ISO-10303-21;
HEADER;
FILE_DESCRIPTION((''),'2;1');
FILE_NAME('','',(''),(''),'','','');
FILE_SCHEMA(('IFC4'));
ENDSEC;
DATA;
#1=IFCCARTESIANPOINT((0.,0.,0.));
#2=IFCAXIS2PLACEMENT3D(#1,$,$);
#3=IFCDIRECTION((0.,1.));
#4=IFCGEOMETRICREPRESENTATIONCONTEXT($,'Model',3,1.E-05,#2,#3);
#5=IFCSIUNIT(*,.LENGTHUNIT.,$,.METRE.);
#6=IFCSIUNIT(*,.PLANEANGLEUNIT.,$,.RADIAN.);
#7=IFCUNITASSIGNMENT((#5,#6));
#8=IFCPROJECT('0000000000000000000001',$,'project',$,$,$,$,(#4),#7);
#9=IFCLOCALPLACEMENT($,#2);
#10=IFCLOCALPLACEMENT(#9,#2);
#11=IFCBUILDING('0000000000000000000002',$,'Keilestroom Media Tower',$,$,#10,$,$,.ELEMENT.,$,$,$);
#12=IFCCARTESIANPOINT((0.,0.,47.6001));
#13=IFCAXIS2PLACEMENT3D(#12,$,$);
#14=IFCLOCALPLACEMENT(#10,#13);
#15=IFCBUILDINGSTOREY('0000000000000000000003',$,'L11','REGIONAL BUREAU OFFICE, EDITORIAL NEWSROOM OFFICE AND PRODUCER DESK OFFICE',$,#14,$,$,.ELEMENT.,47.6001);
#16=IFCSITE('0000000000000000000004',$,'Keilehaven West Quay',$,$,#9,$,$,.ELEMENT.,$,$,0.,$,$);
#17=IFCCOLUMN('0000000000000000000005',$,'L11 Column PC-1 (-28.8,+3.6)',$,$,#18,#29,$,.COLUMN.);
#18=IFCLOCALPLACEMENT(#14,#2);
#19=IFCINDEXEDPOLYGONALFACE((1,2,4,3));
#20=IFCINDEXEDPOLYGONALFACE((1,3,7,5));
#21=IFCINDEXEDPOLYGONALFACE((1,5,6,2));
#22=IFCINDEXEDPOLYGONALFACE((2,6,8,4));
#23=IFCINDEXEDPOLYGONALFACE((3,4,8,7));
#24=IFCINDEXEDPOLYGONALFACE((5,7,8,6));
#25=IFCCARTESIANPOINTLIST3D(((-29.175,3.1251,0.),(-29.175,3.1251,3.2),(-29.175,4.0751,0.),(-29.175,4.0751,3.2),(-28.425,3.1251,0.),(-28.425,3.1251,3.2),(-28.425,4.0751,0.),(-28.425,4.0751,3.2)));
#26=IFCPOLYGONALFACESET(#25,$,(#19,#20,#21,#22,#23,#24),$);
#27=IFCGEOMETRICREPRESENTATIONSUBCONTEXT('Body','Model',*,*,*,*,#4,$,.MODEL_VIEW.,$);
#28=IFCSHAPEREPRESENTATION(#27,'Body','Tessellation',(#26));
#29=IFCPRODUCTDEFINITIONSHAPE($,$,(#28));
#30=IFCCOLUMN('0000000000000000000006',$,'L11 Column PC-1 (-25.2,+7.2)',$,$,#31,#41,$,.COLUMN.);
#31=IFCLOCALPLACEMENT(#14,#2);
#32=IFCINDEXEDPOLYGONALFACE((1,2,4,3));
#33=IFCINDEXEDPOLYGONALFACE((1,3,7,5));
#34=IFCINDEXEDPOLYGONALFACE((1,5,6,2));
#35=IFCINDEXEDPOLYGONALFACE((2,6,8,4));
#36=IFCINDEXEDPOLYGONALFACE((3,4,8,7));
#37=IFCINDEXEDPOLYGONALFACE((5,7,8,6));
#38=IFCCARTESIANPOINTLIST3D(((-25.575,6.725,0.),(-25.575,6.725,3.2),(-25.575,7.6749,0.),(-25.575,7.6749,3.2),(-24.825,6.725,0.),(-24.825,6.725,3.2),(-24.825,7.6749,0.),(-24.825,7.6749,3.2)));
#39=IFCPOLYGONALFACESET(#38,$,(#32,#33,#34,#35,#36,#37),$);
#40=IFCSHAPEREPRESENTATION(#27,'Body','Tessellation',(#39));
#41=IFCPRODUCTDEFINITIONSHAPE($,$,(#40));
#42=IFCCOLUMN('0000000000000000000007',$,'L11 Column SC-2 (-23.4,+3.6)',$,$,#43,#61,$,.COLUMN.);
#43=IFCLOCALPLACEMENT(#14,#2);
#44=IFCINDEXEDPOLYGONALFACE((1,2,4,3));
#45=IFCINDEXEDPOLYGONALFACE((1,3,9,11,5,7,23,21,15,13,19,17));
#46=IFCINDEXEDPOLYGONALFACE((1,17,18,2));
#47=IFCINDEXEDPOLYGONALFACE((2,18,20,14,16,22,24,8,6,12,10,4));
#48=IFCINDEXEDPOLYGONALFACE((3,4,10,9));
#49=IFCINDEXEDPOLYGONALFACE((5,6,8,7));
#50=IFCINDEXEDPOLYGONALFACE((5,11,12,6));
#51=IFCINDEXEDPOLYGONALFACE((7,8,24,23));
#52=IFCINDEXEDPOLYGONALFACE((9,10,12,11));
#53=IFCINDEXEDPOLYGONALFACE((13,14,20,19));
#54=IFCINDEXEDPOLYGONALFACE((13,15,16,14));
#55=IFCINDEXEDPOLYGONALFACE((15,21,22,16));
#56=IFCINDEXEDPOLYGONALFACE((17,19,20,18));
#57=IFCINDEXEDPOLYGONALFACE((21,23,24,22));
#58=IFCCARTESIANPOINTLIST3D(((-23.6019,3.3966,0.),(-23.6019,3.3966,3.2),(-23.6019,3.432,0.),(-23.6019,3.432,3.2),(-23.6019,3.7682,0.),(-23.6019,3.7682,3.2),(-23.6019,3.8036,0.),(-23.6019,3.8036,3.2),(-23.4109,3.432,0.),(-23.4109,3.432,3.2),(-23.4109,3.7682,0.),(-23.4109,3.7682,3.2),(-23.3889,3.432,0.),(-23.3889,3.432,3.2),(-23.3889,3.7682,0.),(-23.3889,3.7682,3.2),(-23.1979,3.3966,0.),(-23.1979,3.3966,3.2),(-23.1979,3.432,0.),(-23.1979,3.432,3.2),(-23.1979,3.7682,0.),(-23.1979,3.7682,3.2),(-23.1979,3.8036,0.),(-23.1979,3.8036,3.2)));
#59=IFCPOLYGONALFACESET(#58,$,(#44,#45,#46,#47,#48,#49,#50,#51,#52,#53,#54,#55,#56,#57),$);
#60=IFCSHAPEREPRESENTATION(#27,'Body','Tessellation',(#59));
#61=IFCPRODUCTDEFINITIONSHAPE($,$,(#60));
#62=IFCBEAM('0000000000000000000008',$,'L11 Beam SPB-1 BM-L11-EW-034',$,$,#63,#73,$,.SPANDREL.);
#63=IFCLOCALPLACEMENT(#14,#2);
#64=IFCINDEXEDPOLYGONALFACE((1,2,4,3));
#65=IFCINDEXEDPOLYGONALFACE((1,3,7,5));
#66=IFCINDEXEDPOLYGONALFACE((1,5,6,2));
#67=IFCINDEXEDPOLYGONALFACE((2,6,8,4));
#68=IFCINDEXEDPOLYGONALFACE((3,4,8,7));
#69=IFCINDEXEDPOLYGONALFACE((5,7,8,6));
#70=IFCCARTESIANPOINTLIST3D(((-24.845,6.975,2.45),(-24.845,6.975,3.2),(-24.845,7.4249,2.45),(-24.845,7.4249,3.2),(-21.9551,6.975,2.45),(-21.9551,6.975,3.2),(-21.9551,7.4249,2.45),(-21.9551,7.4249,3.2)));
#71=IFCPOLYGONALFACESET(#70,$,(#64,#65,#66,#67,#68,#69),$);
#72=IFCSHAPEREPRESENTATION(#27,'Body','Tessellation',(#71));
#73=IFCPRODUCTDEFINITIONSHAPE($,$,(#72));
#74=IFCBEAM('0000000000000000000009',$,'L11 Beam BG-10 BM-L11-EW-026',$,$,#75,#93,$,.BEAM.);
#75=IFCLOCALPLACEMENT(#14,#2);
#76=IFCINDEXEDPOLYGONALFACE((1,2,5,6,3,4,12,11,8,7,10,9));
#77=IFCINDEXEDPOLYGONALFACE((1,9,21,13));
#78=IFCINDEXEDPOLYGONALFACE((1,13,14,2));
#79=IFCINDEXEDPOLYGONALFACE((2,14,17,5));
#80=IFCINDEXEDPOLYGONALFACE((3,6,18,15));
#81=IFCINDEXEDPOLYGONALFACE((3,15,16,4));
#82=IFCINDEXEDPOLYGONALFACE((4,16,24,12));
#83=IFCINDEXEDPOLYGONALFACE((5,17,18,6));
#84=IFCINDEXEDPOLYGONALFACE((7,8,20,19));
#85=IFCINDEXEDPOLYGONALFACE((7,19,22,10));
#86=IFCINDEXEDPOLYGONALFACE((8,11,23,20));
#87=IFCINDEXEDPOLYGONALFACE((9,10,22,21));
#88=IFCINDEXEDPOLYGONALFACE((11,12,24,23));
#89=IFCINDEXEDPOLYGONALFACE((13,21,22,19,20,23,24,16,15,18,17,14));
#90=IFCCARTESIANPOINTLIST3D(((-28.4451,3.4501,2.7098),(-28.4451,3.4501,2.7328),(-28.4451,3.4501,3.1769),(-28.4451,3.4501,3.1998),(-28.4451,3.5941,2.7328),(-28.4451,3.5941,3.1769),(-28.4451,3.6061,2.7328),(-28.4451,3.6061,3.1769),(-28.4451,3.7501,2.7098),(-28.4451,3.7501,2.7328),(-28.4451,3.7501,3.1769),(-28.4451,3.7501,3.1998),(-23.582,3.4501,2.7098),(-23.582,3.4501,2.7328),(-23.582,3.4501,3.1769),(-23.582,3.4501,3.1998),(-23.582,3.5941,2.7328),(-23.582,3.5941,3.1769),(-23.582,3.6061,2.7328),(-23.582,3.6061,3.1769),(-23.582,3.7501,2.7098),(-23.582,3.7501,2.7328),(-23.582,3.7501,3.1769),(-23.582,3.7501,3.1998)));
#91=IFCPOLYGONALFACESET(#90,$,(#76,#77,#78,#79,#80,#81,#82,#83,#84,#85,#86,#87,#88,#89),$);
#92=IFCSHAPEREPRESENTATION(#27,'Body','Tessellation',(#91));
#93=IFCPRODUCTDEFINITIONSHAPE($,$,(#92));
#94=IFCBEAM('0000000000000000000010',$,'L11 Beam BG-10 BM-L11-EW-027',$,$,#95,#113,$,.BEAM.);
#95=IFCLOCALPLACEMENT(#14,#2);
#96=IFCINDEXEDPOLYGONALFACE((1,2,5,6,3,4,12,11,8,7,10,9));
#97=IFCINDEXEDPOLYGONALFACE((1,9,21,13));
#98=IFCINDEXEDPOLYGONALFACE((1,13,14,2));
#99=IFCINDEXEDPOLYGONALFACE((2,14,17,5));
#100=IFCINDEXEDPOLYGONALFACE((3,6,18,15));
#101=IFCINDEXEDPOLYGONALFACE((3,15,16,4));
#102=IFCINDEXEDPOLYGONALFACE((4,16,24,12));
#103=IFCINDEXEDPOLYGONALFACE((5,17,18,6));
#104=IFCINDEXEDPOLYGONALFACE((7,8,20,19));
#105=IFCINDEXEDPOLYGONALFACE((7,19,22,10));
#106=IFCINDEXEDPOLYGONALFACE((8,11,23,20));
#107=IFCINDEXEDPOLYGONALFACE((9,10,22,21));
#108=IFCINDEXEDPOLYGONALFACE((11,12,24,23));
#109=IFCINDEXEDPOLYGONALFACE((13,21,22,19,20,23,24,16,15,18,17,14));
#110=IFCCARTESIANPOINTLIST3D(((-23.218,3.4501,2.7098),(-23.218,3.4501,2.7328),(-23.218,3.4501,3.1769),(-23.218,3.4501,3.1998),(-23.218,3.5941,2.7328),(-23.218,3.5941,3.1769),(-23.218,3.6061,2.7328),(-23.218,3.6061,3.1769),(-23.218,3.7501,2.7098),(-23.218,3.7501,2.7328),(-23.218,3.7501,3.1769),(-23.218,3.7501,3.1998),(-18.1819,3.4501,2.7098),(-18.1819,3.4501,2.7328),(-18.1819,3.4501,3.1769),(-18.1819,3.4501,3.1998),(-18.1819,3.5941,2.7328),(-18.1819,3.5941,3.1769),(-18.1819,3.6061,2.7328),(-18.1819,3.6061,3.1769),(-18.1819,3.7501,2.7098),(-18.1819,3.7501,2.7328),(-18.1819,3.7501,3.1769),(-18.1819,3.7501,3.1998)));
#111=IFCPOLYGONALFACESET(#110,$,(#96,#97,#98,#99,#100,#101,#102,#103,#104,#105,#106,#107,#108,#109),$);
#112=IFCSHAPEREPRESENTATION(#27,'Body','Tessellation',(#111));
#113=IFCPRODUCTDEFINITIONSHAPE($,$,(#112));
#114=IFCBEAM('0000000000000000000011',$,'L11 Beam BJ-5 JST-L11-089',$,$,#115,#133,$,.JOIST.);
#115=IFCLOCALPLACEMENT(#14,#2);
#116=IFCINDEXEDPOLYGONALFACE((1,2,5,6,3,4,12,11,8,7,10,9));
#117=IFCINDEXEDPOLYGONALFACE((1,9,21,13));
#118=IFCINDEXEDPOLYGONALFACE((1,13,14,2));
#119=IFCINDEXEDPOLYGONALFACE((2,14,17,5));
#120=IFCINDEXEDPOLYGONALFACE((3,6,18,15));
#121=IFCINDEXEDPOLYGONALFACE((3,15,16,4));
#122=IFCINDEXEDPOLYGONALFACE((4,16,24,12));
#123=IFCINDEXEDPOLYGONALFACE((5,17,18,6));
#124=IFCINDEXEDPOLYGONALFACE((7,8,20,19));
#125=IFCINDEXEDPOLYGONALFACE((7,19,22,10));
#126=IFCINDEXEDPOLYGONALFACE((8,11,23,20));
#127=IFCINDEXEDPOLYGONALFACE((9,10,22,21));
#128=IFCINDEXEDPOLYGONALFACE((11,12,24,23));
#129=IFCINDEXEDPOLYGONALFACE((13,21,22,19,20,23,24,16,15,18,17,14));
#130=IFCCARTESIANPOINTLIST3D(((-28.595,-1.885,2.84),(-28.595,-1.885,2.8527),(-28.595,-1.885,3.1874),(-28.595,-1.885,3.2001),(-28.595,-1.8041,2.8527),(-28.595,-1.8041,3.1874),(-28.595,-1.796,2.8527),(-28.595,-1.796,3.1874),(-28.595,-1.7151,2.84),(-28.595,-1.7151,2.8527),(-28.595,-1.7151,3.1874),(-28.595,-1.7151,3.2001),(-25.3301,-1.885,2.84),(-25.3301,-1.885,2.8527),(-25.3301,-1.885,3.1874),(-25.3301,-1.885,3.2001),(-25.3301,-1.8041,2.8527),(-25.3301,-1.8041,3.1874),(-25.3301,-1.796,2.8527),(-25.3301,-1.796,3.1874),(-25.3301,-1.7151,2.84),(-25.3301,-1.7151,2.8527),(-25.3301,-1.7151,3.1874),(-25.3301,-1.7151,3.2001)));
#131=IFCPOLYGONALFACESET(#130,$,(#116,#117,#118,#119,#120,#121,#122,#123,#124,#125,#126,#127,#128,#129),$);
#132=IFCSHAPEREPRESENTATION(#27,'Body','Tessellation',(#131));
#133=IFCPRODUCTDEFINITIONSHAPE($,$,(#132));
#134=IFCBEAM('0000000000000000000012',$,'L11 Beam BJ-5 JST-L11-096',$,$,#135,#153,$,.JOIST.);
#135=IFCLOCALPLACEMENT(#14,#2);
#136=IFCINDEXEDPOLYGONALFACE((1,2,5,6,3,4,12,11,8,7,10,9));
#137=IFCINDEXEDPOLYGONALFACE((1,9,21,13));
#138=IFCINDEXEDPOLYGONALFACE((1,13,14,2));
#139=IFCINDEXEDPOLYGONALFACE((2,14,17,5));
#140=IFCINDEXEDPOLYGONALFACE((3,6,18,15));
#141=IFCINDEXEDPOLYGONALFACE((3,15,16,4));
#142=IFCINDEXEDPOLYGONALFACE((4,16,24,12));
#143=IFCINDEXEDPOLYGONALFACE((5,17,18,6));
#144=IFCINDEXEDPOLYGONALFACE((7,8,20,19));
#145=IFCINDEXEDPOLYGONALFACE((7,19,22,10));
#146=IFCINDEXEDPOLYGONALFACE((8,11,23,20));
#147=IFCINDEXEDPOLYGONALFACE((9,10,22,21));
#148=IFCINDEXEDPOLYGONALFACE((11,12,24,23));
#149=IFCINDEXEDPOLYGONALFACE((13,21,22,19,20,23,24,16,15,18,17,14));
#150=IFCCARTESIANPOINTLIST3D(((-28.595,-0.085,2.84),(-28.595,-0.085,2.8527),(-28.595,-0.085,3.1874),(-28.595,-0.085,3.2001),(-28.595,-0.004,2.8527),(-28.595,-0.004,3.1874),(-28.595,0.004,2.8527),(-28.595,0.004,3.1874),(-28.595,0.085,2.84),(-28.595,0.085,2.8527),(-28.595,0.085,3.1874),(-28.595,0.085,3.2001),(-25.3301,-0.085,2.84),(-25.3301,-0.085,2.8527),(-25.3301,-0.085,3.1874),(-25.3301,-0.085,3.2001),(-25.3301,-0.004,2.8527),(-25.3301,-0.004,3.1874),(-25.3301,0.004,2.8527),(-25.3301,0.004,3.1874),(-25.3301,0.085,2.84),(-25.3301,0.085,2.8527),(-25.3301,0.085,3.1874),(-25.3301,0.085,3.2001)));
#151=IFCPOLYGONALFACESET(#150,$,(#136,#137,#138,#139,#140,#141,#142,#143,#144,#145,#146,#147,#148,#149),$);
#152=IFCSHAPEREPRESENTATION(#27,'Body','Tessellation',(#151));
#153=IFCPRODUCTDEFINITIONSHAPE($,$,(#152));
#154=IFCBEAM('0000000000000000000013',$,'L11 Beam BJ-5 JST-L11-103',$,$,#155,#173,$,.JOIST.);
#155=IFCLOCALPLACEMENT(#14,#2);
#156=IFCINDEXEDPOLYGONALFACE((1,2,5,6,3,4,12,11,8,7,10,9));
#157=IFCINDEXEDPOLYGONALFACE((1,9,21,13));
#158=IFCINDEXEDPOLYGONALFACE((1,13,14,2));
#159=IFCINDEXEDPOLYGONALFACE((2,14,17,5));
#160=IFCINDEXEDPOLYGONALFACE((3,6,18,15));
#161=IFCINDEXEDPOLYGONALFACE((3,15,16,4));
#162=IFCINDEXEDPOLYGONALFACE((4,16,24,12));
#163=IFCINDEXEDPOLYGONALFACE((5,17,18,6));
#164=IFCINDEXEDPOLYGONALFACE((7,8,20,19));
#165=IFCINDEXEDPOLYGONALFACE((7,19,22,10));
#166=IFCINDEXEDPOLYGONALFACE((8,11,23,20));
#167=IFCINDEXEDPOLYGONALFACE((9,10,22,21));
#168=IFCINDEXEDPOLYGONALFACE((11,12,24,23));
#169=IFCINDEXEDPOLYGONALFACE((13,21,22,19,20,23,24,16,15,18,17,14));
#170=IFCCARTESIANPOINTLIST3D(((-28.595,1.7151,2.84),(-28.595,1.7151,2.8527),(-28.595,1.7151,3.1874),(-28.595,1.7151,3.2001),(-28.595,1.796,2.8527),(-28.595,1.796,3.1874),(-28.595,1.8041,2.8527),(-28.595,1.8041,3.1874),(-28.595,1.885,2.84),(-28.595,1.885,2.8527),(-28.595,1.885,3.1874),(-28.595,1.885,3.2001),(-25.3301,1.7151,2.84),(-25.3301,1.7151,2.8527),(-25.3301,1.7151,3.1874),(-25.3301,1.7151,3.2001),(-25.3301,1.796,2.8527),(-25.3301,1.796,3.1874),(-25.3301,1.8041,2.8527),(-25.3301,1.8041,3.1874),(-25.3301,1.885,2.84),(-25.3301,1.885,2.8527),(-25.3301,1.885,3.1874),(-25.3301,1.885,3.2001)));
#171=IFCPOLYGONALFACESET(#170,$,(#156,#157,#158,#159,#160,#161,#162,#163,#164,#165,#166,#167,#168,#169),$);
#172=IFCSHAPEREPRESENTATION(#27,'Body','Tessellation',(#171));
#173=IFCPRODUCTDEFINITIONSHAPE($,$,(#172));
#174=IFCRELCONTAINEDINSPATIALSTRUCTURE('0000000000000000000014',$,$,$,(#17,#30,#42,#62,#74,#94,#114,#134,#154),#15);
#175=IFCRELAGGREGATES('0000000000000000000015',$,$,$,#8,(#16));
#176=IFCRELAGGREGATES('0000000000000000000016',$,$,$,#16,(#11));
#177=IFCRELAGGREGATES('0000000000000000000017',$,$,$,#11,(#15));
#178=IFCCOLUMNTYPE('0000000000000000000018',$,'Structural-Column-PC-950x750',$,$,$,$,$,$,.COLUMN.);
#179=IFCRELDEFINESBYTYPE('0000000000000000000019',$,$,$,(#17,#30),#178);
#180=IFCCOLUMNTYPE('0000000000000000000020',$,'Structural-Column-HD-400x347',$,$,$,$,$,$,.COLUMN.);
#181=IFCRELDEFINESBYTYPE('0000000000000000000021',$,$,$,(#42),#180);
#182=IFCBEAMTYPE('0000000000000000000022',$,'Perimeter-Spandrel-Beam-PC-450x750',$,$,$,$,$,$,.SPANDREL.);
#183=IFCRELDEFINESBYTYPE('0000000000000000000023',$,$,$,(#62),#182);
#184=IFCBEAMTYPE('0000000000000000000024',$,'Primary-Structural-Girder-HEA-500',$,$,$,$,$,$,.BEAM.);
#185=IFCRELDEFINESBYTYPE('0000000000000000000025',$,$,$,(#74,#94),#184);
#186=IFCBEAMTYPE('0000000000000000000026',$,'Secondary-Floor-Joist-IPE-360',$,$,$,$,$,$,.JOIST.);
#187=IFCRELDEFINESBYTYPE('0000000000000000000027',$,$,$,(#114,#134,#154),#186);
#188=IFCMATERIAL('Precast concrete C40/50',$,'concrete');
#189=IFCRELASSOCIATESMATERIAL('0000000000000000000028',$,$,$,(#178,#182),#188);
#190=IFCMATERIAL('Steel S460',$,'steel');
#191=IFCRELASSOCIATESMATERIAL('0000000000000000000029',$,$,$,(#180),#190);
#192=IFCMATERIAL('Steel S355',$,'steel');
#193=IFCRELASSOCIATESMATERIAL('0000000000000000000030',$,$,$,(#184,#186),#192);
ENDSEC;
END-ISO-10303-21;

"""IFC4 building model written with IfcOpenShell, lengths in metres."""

from ifc_helpers import new_model, si_unit, direction, frame, origin, origin_2d, place, context, subcontext, project, spatial, rectangle, i_section, extrude, source, transform, mapped, material, material_profile, profile_set, type_object, element, save


model = new_model("IFC4")

# Units and contexts
model_context = context("Model", 3, precision=1e-05, world=origin(), true_north=direction((0.0, 1.0)))
body_context = subcontext(model_context, "Body", "Model", "MODEL_VIEW")
ifc_project = project(units=[si_unit("LENGTHUNIT", "METRE"), si_unit("PLANEANGLEUNIT", "RADIAN")], contexts=[model_context])

# Site, building, storey
site_placement = place(None, origin())
site = spatial("IfcSite", under=ifc_project, at=site_placement, Name="Keilehaven West Quay", CompositionType="ELEMENT", RefElevation=0.0)
building_placement = place(site_placement, origin())
building = spatial("IfcBuilding", under=site, at=building_placement, Name="Keilestroom Media Tower", CompositionType="ELEMENT")
storey_placement = place(building_placement, frame((0.0, 0.0, 47.6001)))
storey = spatial("IfcBuildingStorey", under=building, at=storey_placement, Name="L11", Description="REGIONAL BUREAU OFFICE, EDITORIAL NEWSROOM OFFICE AND PRODUCER DESK OFFICE", CompositionType="ELEMENT", Elevation=47.6001)

# Columns
ifc_material_1 = material(Name="Precast concrete C40/50", Category="concrete")
ifc_material_profile_1 = material_profile(ifc_material_1, rectangle(XDim=0.75, YDim=0.95, at=origin_2d()), Name="PC 950x750")
ifc_profile_set_1 = profile_set([ifc_material_profile_1], Name="Precast concrete C40/50")
column_type_1 = type_object("IfcColumnType", Name="Structural-Column-PC-950x750", PredefinedType="COLUMN", material=ifc_profile_set_1)
shared_shape_1 = source(origin(), body_context, "Body", "SweptSolid", [
    extrude(rectangle(XDim=0.75, YDim=0.95, at=origin_2d()), origin(), (0.0, 0.0, 1.0), 3.2),
])
for number, where, z_axis, x_axis, name in (
    (1, (-28.8, 3.6001, 0.0), (0.0, 0.0, 1.0), (1.0, 0.0, 0.0), "L11 Column PC-1 (-28.8,+3.6)"),
    (2, (-25.2, 7.2, 0.0), (0.0, 0.0, 1.0), (1.0, 0.0, 0.0), "L11 Column PC-1 (-25.2,+7.2)"),
):
    element("IfcColumn", number, at=place(storey_placement, frame(where, z_axis=z_axis, x_axis=x_axis)), inside=storey, type_object=column_type_1, Name=name, PredefinedType="COLUMN", context=body_context, shape_type="MappedRepresentation", body=[
        mapped(shared_shape_1, transform((0.0, 0.0, 0.0), x_axis=(1.0, 0.0, 0.0), y_axis=(0.0, 1.0, 0.0), z_axis=(0.0, 0.0, 1.0), scale=1.0)),
    ])
ifc_material_2 = material(Name="Steel S460", Category="steel")
ifc_material_profile_2 = material_profile(ifc_material_2, i_section(OverallWidth=0.4041, OverallDepth=0.407, WebThickness=0.022, FlangeThickness=0.0354, at=origin_2d()), Name="HD 400x347")
ifc_profile_set_2 = profile_set([ifc_material_profile_2], Name="Steel S460")
column_type_2 = type_object("IfcColumnType", Name="Structural-Column-HD-400x347", PredefinedType="COLUMN", material=ifc_profile_set_2)
shared_shape_2 = source(origin(), body_context, "Body", "SweptSolid", [
    extrude(i_section(OverallWidth=0.4041, OverallDepth=0.407, WebThickness=0.022, FlangeThickness=0.0354, at=origin_2d()), origin(), (0.0, 0.0, 1.0), 3.2),
])
column_placement = place(storey_placement, frame((-23.3999, 3.6001, 0.0), z_axis=(0.0, 0.0, 1.0), x_axis=(1.0, 0.0, 0.0)))
element("IfcColumn", 3, at=column_placement, inside=storey, type_object=column_type_2, Name="L11 Column SC-2 (-23.4,+3.6)", PredefinedType="COLUMN", context=body_context, shape_type="MappedRepresentation", body=[
    mapped(shared_shape_2, transform((0.0, 0.0, 0.0), x_axis=(1.0, 0.0, 0.0), y_axis=(0.0, 1.0, 0.0), z_axis=(0.0, 0.0, 1.0), scale=1.0)),
])

# Beams
ifc_material_profile_3 = material_profile(ifc_material_1, rectangle(XDim=0.45, YDim=0.75, at=origin_2d()), Name="PC 450x750")
ifc_profile_set_3 = profile_set([ifc_material_profile_3], Name="Precast concrete C40/50")
beam_type_1 = type_object("IfcBeamType", Name="Perimeter-Spandrel-Beam-PC-450x750", PredefinedType="SPANDREL", material=ifc_profile_set_3)
shared_shape_3 = source(origin(), body_context, "Body", "SweptSolid", [
    extrude(rectangle(XDim=0.45, YDim=0.75, at=origin_2d()), origin(), (0.0, 0.0, 1.0), 2.8899),
])
beam_1_placement = place(storey_placement, frame((-24.845, 7.2, 2.825), z_axis=(1.0, 0.0, 0.0), x_axis=(0.0, 1.0, 0.0)))
element("IfcBeam", 4, at=beam_1_placement, inside=storey, type_object=beam_type_1, Name="L11 Beam SPB-1 BM-L11-EW-034", PredefinedType="SPANDREL", context=body_context, shape_type="MappedRepresentation", body=[
    mapped(shared_shape_3, transform((0.0, 0.0, 0.0), x_axis=(1.0, 0.0, 0.0), y_axis=(0.0, 1.0, 0.0), z_axis=(0.0, 0.0, 1.0), scale=1.0)),
])
ifc_material_3 = material(Name="Steel S355", Category="steel")
ifc_material_profile_4 = material_profile(ifc_material_3, i_section(OverallWidth=0.3, OverallDepth=0.49, WebThickness=0.012, FlangeThickness=0.0229, at=origin_2d()), Name="HEA 500")
ifc_profile_set_4 = profile_set([ifc_material_profile_4], Name="Steel S355")
beam_type_2 = type_object("IfcBeamType", Name="Primary-Structural-Girder-HEA-500", PredefinedType="BEAM", material=ifc_profile_set_4)
shared_shape_4 = source(origin(), body_context, "Body", "SweptSolid", [
    extrude(i_section(OverallWidth=0.3, OverallDepth=0.49, WebThickness=0.012, FlangeThickness=0.0229, at=origin_2d()), origin(), (0.0, 0.0, 1.0), 4.863),
])
beam_2_placement = place(storey_placement, frame((-28.4451, 3.6001, 2.9548), z_axis=(1.0, 0.0, 0.0), x_axis=(0.0, 1.0, 0.0)))
element("IfcBeam", 5, at=beam_2_placement, inside=storey, type_object=beam_type_2, Name="L11 Beam BG-10 BM-L11-EW-026", PredefinedType="BEAM", context=body_context, shape_type="MappedRepresentation", body=[
    mapped(shared_shape_4, transform((0.0, 0.0, 0.0), x_axis=(1.0, 0.0, 0.0), y_axis=(0.0, 1.0, 0.0), z_axis=(0.0, 0.0, 1.0), scale=1.0)),
])
shared_shape_5 = source(origin(), body_context, "Body", "SweptSolid", [
    extrude(i_section(OverallWidth=0.3, OverallDepth=0.49, WebThickness=0.012, FlangeThickness=0.0229, at=origin_2d()), origin(), (0.0, 0.0, 1.0), 5.0361),
])
beam_3_placement = place(storey_placement, frame((-23.218, 3.6001, 2.9548), z_axis=(1.0, 0.0, 0.0), x_axis=(0.0, 1.0, 0.0)))
element("IfcBeam", 6, at=beam_3_placement, inside=storey, type_object=beam_type_2, Name="L11 Beam BG-10 BM-L11-EW-027", PredefinedType="BEAM", context=body_context, shape_type="MappedRepresentation", body=[
    mapped(shared_shape_5, transform((0.0, 0.0, 0.0), x_axis=(1.0, 0.0, 0.0), y_axis=(0.0, 1.0, 0.0), z_axis=(0.0, 0.0, 1.0), scale=1.0)),
])
ifc_material_profile_5 = material_profile(ifc_material_3, i_section(OverallWidth=0.1699, OverallDepth=0.3601, WebThickness=0.0081, FlangeThickness=0.0127, at=origin_2d()), Name="IPE 360")
ifc_profile_set_5 = profile_set([ifc_material_profile_5], Name="Steel S355")
beam_type_3 = type_object("IfcBeamType", Name="Secondary-Floor-Joist-IPE-360", PredefinedType="JOIST", material=ifc_profile_set_5)
shared_shape_6 = source(origin(), body_context, "Body", "SweptSolid", [
    extrude(i_section(OverallWidth=0.1699, OverallDepth=0.3601, WebThickness=0.0081, FlangeThickness=0.0127, at=origin_2d()), origin(), (0.0, 0.0, 1.0), 3.2649),
])
for number, where, z_axis, x_axis, name in (
    (7, (-28.595, -1.8, 3.02), (1.0, 0.0, 0.0), (0.0, 1.0, 0.0), "L11 Beam BJ-5 JST-L11-089"),
    (8, (-28.595, 0.0, 3.02), (1.0, 0.0, 0.0), (0.0, 1.0, 0.0), "L11 Beam BJ-5 JST-L11-096"),
    (9, (-28.595, 1.8, 3.02), (1.0, 0.0, 0.0), (0.0, 1.0, 0.0), "L11 Beam BJ-5 JST-L11-103"),
):
    element("IfcBeam", number, at=place(storey_placement, frame(where, z_axis=z_axis, x_axis=x_axis)), inside=storey, type_object=beam_type_3, Name=name, PredefinedType="JOIST", context=body_context, shape_type="MappedRepresentation", body=[
        mapped(shared_shape_6, transform((0.0, 0.0, 0.0), x_axis=(1.0, 0.0, 0.0), y_axis=(0.0, 1.0, 0.0), z_axis=(0.0, 0.0, 1.0), scale=1.0)),
    ])

save(model, "model.ifc")
